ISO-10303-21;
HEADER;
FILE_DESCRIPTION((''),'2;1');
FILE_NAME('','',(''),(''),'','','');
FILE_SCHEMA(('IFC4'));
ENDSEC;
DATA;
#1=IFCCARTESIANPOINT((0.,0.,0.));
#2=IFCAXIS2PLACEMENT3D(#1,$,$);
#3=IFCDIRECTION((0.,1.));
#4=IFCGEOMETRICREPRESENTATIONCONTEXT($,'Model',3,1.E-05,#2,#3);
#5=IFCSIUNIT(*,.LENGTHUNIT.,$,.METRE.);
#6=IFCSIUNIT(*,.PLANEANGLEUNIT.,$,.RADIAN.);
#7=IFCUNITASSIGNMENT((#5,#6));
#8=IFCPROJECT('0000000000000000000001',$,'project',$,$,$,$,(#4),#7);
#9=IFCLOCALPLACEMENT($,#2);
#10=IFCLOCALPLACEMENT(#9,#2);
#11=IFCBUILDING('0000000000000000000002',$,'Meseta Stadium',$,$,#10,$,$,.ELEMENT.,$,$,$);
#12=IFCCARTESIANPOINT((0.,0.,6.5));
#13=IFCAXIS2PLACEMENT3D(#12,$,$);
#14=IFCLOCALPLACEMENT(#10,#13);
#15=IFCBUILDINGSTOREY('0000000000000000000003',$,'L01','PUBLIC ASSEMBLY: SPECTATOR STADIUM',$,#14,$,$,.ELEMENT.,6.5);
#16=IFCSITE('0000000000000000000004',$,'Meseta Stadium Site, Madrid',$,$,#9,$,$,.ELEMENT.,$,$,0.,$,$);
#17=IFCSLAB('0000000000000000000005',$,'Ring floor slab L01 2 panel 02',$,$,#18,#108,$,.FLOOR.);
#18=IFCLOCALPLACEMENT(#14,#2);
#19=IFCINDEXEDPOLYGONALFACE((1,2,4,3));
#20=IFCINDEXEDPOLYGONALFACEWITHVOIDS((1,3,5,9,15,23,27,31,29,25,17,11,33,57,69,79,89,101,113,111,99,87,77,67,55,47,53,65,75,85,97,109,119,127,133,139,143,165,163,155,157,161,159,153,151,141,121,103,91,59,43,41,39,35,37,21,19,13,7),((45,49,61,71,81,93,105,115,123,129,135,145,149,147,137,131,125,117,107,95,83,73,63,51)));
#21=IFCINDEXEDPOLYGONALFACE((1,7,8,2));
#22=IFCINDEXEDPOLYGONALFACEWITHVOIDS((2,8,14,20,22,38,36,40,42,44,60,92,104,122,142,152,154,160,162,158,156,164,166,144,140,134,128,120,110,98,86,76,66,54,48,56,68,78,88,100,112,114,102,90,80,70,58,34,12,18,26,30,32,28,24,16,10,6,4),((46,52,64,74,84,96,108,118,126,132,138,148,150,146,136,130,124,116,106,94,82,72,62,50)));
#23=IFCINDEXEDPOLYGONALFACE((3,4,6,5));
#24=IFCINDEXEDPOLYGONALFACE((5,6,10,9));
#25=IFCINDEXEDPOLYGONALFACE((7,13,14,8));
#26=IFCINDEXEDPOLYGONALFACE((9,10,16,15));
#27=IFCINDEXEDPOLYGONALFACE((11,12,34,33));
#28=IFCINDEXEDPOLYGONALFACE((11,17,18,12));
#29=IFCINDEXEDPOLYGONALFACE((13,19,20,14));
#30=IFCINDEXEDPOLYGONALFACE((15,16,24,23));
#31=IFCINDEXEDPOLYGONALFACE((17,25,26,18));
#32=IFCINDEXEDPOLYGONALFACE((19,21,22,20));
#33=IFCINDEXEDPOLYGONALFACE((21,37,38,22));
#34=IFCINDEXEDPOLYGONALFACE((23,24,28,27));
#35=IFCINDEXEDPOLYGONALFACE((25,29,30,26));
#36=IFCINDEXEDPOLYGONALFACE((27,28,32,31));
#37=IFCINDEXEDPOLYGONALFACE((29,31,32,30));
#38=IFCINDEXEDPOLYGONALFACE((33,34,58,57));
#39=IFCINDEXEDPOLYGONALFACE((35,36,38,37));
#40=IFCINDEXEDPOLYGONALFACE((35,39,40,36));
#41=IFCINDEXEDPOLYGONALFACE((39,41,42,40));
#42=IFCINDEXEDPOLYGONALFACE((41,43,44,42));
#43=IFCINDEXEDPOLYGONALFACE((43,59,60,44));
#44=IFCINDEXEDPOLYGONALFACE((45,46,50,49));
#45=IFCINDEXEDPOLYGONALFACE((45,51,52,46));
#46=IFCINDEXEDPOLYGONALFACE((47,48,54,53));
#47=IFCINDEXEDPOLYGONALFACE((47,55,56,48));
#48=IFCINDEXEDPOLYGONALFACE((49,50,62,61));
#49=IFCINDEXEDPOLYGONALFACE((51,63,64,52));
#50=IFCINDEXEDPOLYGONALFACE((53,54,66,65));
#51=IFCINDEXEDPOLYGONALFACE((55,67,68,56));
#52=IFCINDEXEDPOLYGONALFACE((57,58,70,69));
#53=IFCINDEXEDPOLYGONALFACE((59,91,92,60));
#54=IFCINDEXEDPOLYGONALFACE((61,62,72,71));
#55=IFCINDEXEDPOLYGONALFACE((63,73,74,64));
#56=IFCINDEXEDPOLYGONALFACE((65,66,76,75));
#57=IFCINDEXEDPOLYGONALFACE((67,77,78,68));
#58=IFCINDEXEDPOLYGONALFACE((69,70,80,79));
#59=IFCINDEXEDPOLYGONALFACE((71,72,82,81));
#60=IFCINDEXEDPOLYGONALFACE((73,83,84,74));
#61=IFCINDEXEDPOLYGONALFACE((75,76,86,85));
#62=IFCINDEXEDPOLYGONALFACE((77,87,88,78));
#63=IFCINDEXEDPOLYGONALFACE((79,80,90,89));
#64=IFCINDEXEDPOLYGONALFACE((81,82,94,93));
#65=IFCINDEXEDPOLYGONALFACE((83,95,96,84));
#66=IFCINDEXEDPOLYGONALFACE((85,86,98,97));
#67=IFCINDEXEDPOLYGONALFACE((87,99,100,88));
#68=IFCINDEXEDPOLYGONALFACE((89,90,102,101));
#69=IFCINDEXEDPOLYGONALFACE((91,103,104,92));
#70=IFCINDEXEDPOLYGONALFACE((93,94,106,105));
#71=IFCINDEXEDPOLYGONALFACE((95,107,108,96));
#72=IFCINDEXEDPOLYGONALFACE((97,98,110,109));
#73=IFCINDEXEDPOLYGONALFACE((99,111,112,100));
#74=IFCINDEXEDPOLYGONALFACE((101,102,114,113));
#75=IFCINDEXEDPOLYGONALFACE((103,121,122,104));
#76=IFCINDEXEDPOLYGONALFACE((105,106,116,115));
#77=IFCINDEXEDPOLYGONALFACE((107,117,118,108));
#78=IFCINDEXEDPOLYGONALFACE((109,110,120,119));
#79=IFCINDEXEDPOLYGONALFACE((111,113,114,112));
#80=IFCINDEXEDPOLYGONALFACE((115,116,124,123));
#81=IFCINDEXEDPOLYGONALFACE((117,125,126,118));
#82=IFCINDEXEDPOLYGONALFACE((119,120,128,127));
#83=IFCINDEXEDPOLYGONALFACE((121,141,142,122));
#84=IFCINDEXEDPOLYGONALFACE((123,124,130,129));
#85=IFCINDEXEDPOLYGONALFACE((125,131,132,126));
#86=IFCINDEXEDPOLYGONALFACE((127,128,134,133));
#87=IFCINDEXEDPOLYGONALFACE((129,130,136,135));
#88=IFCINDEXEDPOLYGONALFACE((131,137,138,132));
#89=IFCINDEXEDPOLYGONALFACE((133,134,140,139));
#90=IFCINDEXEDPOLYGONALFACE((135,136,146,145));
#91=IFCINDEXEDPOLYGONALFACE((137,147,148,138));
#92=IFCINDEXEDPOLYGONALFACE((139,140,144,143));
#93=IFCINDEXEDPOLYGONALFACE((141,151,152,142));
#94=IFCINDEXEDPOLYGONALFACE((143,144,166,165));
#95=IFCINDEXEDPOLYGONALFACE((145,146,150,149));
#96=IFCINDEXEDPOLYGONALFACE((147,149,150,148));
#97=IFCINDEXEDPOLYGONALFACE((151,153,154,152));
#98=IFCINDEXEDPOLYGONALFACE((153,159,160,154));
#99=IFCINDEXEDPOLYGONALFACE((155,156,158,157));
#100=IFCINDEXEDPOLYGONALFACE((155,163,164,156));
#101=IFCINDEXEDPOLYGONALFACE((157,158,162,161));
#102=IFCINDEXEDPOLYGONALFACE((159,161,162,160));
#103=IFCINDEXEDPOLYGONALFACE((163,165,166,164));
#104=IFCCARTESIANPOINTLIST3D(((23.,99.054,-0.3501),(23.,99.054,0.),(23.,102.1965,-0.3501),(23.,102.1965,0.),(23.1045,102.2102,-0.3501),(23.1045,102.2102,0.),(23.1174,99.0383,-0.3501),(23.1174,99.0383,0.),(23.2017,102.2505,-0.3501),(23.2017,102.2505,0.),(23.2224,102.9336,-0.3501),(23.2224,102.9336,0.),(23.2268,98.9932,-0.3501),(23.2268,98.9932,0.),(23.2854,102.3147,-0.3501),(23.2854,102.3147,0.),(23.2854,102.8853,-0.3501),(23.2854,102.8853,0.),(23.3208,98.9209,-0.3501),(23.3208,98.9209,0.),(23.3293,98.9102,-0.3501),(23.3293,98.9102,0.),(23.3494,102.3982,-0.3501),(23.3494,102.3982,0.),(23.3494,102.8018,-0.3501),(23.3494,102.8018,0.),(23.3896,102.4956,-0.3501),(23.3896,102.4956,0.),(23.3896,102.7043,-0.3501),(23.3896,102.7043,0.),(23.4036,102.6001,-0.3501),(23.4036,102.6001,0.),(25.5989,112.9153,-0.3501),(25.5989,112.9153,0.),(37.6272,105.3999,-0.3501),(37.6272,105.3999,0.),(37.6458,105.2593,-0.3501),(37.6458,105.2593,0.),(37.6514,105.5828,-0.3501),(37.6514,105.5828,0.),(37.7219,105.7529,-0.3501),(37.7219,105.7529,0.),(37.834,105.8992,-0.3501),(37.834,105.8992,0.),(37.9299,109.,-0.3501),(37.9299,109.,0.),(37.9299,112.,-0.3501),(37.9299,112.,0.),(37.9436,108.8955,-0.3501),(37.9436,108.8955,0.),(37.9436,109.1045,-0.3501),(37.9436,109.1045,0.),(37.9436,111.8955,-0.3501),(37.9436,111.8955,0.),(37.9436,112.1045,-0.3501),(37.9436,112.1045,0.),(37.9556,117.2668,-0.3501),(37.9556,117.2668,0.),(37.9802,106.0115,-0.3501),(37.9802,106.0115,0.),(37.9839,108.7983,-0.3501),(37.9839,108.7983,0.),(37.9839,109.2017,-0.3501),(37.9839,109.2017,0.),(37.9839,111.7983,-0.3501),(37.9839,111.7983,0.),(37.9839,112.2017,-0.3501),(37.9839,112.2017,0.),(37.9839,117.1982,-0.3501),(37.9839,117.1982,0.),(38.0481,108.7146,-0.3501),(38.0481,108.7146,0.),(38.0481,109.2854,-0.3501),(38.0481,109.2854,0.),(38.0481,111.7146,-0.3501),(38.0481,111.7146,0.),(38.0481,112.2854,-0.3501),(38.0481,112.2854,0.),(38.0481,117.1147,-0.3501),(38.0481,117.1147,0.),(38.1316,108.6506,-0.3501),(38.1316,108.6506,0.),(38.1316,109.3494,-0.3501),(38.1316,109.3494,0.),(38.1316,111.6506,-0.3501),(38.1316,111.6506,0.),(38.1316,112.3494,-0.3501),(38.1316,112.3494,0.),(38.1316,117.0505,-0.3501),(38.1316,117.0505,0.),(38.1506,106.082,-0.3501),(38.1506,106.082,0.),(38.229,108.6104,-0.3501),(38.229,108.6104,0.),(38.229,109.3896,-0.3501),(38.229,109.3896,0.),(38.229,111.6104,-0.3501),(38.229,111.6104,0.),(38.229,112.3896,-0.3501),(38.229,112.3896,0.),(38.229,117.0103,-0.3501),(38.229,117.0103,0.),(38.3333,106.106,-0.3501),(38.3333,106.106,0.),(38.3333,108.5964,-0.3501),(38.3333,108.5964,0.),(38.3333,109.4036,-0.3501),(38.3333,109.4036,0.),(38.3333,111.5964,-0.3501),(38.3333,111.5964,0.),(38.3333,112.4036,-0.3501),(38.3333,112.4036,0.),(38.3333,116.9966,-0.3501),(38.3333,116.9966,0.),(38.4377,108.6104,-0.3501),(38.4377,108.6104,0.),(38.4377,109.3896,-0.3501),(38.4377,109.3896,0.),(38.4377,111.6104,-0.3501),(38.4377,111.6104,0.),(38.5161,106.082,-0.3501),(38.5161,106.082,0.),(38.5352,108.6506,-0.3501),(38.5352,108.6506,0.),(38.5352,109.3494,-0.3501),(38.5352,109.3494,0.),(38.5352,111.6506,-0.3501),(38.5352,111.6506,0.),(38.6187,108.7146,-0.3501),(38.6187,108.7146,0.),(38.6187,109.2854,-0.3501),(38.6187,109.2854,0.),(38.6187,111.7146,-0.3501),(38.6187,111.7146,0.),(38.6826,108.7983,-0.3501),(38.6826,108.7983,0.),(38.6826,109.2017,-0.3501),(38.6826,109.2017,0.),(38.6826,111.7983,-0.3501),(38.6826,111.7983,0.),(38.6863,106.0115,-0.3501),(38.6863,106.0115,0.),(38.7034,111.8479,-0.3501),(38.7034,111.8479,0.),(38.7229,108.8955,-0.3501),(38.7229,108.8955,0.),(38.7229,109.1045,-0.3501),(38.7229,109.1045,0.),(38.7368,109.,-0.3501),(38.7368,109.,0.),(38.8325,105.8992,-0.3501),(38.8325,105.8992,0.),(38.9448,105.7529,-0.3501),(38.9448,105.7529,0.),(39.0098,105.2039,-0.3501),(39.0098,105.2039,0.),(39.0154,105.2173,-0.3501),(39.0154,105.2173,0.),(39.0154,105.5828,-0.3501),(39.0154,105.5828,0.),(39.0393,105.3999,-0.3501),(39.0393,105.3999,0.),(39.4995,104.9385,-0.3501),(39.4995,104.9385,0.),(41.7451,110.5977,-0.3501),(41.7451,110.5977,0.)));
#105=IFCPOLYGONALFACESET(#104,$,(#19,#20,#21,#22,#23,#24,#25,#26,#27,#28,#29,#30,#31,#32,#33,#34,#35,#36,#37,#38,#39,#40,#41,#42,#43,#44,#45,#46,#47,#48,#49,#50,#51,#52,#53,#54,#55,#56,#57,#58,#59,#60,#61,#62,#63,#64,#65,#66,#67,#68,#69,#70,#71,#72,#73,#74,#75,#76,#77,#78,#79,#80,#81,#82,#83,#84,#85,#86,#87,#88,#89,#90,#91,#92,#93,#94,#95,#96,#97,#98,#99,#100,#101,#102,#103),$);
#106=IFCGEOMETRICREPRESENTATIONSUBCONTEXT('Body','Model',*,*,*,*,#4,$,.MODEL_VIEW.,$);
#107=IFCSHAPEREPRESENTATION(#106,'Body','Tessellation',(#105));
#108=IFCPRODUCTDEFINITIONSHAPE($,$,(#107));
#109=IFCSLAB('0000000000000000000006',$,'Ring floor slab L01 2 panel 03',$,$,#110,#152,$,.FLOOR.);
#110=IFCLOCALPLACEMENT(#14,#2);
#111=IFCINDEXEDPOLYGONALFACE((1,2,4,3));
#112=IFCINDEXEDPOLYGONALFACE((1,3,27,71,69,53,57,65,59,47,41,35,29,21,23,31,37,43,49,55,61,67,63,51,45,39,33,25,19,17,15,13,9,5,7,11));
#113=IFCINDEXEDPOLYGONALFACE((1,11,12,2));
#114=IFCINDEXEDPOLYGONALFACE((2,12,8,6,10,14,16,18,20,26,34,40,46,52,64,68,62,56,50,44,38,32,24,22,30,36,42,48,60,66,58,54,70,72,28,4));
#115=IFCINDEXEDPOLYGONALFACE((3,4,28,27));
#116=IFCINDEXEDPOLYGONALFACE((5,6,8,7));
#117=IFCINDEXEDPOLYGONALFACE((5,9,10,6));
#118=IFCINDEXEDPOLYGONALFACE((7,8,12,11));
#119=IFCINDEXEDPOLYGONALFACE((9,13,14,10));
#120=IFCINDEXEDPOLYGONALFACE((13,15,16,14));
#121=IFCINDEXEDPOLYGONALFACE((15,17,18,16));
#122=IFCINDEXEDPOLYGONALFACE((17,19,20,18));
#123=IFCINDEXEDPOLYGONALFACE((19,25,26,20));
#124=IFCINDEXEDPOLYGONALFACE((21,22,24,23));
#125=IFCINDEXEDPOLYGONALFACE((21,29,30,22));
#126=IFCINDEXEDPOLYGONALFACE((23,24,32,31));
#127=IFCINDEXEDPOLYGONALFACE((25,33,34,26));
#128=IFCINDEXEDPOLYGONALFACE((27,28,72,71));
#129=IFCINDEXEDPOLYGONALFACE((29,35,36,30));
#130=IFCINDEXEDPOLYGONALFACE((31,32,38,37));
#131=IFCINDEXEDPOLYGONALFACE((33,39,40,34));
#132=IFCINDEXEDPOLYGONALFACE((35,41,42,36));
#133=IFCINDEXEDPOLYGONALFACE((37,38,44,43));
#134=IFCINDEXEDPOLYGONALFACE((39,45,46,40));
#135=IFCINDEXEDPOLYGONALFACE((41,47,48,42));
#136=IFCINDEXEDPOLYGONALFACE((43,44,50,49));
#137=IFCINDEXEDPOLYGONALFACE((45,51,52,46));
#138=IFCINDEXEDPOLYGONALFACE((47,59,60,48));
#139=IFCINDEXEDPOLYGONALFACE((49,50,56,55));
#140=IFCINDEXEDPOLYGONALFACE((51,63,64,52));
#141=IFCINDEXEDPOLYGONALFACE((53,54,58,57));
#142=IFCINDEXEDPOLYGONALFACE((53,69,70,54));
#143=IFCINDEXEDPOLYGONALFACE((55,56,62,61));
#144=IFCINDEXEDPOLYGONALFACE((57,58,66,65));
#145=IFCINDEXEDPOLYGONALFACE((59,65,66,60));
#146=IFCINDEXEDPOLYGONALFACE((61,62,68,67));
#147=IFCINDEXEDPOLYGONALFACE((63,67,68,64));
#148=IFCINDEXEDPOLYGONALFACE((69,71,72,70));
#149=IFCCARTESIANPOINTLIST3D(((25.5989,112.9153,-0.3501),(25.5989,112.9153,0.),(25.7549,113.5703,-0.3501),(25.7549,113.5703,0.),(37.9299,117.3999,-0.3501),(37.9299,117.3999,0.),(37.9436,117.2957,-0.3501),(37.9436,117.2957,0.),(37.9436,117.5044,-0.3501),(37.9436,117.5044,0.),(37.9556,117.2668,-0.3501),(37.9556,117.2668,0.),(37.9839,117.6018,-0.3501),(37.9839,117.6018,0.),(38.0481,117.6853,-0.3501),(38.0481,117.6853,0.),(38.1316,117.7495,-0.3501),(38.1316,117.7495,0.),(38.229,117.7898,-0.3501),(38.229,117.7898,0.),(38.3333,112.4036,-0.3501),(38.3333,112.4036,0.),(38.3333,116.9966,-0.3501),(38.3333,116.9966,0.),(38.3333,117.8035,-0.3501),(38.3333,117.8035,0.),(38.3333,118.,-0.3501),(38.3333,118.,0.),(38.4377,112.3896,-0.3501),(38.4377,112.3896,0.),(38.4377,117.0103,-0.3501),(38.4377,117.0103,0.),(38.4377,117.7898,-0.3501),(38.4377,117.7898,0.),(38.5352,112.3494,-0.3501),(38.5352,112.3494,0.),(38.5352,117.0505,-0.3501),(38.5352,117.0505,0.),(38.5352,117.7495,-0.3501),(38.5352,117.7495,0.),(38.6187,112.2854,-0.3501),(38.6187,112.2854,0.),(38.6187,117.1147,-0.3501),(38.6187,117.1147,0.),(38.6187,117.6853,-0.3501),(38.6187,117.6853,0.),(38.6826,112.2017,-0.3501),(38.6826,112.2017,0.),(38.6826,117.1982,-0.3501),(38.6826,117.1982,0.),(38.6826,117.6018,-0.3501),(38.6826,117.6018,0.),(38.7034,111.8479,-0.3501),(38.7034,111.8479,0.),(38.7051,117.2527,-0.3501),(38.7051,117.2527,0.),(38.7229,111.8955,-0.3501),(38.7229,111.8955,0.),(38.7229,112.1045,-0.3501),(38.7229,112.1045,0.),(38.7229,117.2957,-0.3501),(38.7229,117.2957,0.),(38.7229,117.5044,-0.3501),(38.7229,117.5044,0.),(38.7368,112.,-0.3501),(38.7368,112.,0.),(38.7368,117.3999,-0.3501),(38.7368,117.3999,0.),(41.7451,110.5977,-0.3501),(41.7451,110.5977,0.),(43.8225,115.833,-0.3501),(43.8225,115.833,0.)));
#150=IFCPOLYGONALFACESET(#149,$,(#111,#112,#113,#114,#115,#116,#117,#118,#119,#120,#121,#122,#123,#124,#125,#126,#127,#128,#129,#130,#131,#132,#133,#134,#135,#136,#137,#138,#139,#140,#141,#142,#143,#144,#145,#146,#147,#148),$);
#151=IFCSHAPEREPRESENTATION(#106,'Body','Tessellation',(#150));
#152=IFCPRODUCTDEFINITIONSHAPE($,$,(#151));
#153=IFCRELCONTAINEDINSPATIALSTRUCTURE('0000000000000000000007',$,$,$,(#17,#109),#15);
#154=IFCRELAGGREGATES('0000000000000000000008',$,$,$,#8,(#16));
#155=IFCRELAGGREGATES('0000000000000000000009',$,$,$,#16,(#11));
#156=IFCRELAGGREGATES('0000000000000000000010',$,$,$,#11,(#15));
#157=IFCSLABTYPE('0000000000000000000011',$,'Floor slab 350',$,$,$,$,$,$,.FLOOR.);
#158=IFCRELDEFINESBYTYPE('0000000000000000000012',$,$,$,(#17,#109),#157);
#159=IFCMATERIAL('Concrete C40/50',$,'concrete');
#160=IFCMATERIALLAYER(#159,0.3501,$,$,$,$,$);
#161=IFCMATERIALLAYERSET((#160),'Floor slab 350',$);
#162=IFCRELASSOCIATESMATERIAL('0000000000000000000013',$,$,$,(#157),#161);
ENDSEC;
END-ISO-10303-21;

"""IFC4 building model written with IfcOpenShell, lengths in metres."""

from ifc_helpers import new_model, si_unit, direction, frame, origin, place, context, subcontext, project, spatial, polyline, outline, extrude, material, layer, layer_set, type_object, element, save


model = new_model("IFC4")

# Units and contexts
model_context = context("Model", 3, precision=1e-05, world=origin(), true_north=direction((0.0, 1.0)))
body_context = subcontext(model_context, "Body", "Model", "MODEL_VIEW")
ifc_project = project(units=[si_unit("LENGTHUNIT", "METRE"), si_unit("PLANEANGLEUNIT", "RADIAN")], contexts=[model_context])

# Site, building, storey
site_placement = place(None, origin())
site = spatial("IfcSite", under=ifc_project, at=site_placement, Name="Meseta Stadium Site, Madrid", CompositionType="ELEMENT", RefElevation=0.0)
building_placement = place(site_placement, origin())
building = spatial("IfcBuilding", under=site, at=building_placement, Name="Meseta Stadium", CompositionType="ELEMENT")
storey_placement = place(building_placement, frame((0.0, 0.0, 6.5)))
storey = spatial("IfcBuildingStorey", under=building, at=storey_placement, Name="L01", Description="PUBLIC ASSEMBLY: SPECTATOR STADIUM", CompositionType="ELEMENT", Elevation=6.5)

# Slabs
ifc_material = material(Name="Concrete C40/50", Category="concrete")
ifc_layer = layer(ifc_material, 0.3501)
ifc_layer_set = layer_set([ifc_layer], Name="Floor slab 350")
slab_type = type_object("IfcSlabType", Name="Floor slab 350", PredefinedType="FLOOR", material=ifc_layer_set)
slab_1_placement = place(storey_placement, frame((0.0, 0.0, -0.3501)))
element("IfcSlab", 1, at=slab_1_placement, inside=storey, type_object=slab_type, Name="Ring floor slab L01 2 panel 02", PredefinedType="FLOOR", context=body_context, shape_type="SweptSolid", body=[
    extrude(outline(polyline([(23.1045, 102.2102), (23.0, 102.1965), (23.0, 99.054), (23.1174, 99.0383), (23.2268, 98.9932), (23.3208, 98.9209), (23.3293, 98.9102), (37.6458, 105.2593), (37.6272, 105.3999), (37.6514, 105.5828), (37.7219, 105.7529), (37.834, 105.8992), (37.9802, 106.0115), (38.1506, 106.082), (38.3333, 106.106), (38.5161, 106.082), (38.6863, 106.0115), (38.8325, 105.8992), (38.9448, 105.7529), (39.0154, 105.5828), (39.0393, 105.3999), (39.0154, 105.2173), (39.0098, 105.2039), (39.4995, 104.9385), (41.7451, 110.5977), (38.7034, 111.8479), (38.6826, 111.7983), (38.6187, 111.7146), (38.5352, 111.6506), (38.4377, 111.6104), (38.3333, 111.5964), (38.229, 111.6104), (38.1316, 111.6506), (38.0481, 111.7146), (37.9839, 111.7983), (37.9436, 111.8955), (37.9299, 112.0), (37.9436, 112.1045), (37.9839, 112.2017), (38.0481, 112.2854), (38.1316, 112.3494), (38.229, 112.3896), (38.3333, 112.4036), (38.3333, 116.9966), (38.229, 117.0103), (38.1316, 117.0505), (38.0481, 117.1147), (37.9839, 117.1982), (37.9556, 117.2668), (25.5989, 112.9153), (23.2224, 102.9336), (23.2854, 102.8853), (23.3494, 102.8018), (23.3896, 102.7043), (23.4036, 102.6001), (23.3896, 102.4956), (23.3494, 102.3982), (23.2854, 102.3147), (23.2017, 102.2505), (23.1045, 102.2102)]), holes=[polyline([(37.9839, 109.2017), (38.0481, 109.2854), (38.1316, 109.3494), (38.229, 109.3896), (38.3333, 109.4036), (38.4377, 109.3896), (38.5352, 109.3494), (38.6187, 109.2854), (38.6826, 109.2017), (38.7229, 109.1045), (38.7368, 109.0), (38.7229, 108.8955), (38.6826, 108.7983), (38.6187, 108.7146), (38.5352, 108.6506), (38.4377, 108.6104), (38.3333, 108.5964), (38.229, 108.6104), (38.1316, 108.6506), (38.0481, 108.7146), (37.9839, 108.7983), (37.9436, 108.8955), (37.9299, 109.0), (37.9436, 109.1045), (37.9839, 109.2017)])]), origin(), (0.0, 0.0, 1.0), 0.3501),
])
slab_2_placement = place(storey_placement, frame((0.0, 0.0, -0.3501)))
element("IfcSlab", 2, at=slab_2_placement, inside=storey, type_object=slab_type, Name="Ring floor slab L01 2 panel 03", PredefinedType="FLOOR", context=body_context, shape_type="SweptSolid", body=[
    extrude(outline(polyline([(41.7451, 110.5977), (43.8225, 115.833), (38.3333, 118.0), (25.7549, 113.5703), (25.5989, 112.9153), (37.9556, 117.2668), (37.9436, 117.2957), (37.9299, 117.3999), (37.9436, 117.5044), (37.9839, 117.6018), (38.0481, 117.6853), (38.1316, 117.7495), (38.229, 117.7898), (38.3333, 117.8035), (38.4377, 117.7898), (38.5352, 117.7495), (38.6187, 117.6853), (38.6826, 117.6018), (38.7229, 117.5044), (38.7368, 117.3999), (38.7229, 117.2957), (38.7051, 117.2527), (38.6826, 117.1982), (38.6187, 117.1147), (38.5352, 117.0505), (38.4377, 117.0103), (38.3333, 116.9966), (38.3333, 112.4036), (38.4377, 112.3896), (38.5352, 112.3494), (38.6187, 112.2854), (38.6826, 112.2017), (38.7229, 112.1045), (38.7368, 112.0), (38.7229, 111.8955), (38.7034, 111.8479), (41.7451, 110.5977)])), origin(), (0.0, 0.0, 1.0), 0.3501),
])

save(model, "model.ifc")
